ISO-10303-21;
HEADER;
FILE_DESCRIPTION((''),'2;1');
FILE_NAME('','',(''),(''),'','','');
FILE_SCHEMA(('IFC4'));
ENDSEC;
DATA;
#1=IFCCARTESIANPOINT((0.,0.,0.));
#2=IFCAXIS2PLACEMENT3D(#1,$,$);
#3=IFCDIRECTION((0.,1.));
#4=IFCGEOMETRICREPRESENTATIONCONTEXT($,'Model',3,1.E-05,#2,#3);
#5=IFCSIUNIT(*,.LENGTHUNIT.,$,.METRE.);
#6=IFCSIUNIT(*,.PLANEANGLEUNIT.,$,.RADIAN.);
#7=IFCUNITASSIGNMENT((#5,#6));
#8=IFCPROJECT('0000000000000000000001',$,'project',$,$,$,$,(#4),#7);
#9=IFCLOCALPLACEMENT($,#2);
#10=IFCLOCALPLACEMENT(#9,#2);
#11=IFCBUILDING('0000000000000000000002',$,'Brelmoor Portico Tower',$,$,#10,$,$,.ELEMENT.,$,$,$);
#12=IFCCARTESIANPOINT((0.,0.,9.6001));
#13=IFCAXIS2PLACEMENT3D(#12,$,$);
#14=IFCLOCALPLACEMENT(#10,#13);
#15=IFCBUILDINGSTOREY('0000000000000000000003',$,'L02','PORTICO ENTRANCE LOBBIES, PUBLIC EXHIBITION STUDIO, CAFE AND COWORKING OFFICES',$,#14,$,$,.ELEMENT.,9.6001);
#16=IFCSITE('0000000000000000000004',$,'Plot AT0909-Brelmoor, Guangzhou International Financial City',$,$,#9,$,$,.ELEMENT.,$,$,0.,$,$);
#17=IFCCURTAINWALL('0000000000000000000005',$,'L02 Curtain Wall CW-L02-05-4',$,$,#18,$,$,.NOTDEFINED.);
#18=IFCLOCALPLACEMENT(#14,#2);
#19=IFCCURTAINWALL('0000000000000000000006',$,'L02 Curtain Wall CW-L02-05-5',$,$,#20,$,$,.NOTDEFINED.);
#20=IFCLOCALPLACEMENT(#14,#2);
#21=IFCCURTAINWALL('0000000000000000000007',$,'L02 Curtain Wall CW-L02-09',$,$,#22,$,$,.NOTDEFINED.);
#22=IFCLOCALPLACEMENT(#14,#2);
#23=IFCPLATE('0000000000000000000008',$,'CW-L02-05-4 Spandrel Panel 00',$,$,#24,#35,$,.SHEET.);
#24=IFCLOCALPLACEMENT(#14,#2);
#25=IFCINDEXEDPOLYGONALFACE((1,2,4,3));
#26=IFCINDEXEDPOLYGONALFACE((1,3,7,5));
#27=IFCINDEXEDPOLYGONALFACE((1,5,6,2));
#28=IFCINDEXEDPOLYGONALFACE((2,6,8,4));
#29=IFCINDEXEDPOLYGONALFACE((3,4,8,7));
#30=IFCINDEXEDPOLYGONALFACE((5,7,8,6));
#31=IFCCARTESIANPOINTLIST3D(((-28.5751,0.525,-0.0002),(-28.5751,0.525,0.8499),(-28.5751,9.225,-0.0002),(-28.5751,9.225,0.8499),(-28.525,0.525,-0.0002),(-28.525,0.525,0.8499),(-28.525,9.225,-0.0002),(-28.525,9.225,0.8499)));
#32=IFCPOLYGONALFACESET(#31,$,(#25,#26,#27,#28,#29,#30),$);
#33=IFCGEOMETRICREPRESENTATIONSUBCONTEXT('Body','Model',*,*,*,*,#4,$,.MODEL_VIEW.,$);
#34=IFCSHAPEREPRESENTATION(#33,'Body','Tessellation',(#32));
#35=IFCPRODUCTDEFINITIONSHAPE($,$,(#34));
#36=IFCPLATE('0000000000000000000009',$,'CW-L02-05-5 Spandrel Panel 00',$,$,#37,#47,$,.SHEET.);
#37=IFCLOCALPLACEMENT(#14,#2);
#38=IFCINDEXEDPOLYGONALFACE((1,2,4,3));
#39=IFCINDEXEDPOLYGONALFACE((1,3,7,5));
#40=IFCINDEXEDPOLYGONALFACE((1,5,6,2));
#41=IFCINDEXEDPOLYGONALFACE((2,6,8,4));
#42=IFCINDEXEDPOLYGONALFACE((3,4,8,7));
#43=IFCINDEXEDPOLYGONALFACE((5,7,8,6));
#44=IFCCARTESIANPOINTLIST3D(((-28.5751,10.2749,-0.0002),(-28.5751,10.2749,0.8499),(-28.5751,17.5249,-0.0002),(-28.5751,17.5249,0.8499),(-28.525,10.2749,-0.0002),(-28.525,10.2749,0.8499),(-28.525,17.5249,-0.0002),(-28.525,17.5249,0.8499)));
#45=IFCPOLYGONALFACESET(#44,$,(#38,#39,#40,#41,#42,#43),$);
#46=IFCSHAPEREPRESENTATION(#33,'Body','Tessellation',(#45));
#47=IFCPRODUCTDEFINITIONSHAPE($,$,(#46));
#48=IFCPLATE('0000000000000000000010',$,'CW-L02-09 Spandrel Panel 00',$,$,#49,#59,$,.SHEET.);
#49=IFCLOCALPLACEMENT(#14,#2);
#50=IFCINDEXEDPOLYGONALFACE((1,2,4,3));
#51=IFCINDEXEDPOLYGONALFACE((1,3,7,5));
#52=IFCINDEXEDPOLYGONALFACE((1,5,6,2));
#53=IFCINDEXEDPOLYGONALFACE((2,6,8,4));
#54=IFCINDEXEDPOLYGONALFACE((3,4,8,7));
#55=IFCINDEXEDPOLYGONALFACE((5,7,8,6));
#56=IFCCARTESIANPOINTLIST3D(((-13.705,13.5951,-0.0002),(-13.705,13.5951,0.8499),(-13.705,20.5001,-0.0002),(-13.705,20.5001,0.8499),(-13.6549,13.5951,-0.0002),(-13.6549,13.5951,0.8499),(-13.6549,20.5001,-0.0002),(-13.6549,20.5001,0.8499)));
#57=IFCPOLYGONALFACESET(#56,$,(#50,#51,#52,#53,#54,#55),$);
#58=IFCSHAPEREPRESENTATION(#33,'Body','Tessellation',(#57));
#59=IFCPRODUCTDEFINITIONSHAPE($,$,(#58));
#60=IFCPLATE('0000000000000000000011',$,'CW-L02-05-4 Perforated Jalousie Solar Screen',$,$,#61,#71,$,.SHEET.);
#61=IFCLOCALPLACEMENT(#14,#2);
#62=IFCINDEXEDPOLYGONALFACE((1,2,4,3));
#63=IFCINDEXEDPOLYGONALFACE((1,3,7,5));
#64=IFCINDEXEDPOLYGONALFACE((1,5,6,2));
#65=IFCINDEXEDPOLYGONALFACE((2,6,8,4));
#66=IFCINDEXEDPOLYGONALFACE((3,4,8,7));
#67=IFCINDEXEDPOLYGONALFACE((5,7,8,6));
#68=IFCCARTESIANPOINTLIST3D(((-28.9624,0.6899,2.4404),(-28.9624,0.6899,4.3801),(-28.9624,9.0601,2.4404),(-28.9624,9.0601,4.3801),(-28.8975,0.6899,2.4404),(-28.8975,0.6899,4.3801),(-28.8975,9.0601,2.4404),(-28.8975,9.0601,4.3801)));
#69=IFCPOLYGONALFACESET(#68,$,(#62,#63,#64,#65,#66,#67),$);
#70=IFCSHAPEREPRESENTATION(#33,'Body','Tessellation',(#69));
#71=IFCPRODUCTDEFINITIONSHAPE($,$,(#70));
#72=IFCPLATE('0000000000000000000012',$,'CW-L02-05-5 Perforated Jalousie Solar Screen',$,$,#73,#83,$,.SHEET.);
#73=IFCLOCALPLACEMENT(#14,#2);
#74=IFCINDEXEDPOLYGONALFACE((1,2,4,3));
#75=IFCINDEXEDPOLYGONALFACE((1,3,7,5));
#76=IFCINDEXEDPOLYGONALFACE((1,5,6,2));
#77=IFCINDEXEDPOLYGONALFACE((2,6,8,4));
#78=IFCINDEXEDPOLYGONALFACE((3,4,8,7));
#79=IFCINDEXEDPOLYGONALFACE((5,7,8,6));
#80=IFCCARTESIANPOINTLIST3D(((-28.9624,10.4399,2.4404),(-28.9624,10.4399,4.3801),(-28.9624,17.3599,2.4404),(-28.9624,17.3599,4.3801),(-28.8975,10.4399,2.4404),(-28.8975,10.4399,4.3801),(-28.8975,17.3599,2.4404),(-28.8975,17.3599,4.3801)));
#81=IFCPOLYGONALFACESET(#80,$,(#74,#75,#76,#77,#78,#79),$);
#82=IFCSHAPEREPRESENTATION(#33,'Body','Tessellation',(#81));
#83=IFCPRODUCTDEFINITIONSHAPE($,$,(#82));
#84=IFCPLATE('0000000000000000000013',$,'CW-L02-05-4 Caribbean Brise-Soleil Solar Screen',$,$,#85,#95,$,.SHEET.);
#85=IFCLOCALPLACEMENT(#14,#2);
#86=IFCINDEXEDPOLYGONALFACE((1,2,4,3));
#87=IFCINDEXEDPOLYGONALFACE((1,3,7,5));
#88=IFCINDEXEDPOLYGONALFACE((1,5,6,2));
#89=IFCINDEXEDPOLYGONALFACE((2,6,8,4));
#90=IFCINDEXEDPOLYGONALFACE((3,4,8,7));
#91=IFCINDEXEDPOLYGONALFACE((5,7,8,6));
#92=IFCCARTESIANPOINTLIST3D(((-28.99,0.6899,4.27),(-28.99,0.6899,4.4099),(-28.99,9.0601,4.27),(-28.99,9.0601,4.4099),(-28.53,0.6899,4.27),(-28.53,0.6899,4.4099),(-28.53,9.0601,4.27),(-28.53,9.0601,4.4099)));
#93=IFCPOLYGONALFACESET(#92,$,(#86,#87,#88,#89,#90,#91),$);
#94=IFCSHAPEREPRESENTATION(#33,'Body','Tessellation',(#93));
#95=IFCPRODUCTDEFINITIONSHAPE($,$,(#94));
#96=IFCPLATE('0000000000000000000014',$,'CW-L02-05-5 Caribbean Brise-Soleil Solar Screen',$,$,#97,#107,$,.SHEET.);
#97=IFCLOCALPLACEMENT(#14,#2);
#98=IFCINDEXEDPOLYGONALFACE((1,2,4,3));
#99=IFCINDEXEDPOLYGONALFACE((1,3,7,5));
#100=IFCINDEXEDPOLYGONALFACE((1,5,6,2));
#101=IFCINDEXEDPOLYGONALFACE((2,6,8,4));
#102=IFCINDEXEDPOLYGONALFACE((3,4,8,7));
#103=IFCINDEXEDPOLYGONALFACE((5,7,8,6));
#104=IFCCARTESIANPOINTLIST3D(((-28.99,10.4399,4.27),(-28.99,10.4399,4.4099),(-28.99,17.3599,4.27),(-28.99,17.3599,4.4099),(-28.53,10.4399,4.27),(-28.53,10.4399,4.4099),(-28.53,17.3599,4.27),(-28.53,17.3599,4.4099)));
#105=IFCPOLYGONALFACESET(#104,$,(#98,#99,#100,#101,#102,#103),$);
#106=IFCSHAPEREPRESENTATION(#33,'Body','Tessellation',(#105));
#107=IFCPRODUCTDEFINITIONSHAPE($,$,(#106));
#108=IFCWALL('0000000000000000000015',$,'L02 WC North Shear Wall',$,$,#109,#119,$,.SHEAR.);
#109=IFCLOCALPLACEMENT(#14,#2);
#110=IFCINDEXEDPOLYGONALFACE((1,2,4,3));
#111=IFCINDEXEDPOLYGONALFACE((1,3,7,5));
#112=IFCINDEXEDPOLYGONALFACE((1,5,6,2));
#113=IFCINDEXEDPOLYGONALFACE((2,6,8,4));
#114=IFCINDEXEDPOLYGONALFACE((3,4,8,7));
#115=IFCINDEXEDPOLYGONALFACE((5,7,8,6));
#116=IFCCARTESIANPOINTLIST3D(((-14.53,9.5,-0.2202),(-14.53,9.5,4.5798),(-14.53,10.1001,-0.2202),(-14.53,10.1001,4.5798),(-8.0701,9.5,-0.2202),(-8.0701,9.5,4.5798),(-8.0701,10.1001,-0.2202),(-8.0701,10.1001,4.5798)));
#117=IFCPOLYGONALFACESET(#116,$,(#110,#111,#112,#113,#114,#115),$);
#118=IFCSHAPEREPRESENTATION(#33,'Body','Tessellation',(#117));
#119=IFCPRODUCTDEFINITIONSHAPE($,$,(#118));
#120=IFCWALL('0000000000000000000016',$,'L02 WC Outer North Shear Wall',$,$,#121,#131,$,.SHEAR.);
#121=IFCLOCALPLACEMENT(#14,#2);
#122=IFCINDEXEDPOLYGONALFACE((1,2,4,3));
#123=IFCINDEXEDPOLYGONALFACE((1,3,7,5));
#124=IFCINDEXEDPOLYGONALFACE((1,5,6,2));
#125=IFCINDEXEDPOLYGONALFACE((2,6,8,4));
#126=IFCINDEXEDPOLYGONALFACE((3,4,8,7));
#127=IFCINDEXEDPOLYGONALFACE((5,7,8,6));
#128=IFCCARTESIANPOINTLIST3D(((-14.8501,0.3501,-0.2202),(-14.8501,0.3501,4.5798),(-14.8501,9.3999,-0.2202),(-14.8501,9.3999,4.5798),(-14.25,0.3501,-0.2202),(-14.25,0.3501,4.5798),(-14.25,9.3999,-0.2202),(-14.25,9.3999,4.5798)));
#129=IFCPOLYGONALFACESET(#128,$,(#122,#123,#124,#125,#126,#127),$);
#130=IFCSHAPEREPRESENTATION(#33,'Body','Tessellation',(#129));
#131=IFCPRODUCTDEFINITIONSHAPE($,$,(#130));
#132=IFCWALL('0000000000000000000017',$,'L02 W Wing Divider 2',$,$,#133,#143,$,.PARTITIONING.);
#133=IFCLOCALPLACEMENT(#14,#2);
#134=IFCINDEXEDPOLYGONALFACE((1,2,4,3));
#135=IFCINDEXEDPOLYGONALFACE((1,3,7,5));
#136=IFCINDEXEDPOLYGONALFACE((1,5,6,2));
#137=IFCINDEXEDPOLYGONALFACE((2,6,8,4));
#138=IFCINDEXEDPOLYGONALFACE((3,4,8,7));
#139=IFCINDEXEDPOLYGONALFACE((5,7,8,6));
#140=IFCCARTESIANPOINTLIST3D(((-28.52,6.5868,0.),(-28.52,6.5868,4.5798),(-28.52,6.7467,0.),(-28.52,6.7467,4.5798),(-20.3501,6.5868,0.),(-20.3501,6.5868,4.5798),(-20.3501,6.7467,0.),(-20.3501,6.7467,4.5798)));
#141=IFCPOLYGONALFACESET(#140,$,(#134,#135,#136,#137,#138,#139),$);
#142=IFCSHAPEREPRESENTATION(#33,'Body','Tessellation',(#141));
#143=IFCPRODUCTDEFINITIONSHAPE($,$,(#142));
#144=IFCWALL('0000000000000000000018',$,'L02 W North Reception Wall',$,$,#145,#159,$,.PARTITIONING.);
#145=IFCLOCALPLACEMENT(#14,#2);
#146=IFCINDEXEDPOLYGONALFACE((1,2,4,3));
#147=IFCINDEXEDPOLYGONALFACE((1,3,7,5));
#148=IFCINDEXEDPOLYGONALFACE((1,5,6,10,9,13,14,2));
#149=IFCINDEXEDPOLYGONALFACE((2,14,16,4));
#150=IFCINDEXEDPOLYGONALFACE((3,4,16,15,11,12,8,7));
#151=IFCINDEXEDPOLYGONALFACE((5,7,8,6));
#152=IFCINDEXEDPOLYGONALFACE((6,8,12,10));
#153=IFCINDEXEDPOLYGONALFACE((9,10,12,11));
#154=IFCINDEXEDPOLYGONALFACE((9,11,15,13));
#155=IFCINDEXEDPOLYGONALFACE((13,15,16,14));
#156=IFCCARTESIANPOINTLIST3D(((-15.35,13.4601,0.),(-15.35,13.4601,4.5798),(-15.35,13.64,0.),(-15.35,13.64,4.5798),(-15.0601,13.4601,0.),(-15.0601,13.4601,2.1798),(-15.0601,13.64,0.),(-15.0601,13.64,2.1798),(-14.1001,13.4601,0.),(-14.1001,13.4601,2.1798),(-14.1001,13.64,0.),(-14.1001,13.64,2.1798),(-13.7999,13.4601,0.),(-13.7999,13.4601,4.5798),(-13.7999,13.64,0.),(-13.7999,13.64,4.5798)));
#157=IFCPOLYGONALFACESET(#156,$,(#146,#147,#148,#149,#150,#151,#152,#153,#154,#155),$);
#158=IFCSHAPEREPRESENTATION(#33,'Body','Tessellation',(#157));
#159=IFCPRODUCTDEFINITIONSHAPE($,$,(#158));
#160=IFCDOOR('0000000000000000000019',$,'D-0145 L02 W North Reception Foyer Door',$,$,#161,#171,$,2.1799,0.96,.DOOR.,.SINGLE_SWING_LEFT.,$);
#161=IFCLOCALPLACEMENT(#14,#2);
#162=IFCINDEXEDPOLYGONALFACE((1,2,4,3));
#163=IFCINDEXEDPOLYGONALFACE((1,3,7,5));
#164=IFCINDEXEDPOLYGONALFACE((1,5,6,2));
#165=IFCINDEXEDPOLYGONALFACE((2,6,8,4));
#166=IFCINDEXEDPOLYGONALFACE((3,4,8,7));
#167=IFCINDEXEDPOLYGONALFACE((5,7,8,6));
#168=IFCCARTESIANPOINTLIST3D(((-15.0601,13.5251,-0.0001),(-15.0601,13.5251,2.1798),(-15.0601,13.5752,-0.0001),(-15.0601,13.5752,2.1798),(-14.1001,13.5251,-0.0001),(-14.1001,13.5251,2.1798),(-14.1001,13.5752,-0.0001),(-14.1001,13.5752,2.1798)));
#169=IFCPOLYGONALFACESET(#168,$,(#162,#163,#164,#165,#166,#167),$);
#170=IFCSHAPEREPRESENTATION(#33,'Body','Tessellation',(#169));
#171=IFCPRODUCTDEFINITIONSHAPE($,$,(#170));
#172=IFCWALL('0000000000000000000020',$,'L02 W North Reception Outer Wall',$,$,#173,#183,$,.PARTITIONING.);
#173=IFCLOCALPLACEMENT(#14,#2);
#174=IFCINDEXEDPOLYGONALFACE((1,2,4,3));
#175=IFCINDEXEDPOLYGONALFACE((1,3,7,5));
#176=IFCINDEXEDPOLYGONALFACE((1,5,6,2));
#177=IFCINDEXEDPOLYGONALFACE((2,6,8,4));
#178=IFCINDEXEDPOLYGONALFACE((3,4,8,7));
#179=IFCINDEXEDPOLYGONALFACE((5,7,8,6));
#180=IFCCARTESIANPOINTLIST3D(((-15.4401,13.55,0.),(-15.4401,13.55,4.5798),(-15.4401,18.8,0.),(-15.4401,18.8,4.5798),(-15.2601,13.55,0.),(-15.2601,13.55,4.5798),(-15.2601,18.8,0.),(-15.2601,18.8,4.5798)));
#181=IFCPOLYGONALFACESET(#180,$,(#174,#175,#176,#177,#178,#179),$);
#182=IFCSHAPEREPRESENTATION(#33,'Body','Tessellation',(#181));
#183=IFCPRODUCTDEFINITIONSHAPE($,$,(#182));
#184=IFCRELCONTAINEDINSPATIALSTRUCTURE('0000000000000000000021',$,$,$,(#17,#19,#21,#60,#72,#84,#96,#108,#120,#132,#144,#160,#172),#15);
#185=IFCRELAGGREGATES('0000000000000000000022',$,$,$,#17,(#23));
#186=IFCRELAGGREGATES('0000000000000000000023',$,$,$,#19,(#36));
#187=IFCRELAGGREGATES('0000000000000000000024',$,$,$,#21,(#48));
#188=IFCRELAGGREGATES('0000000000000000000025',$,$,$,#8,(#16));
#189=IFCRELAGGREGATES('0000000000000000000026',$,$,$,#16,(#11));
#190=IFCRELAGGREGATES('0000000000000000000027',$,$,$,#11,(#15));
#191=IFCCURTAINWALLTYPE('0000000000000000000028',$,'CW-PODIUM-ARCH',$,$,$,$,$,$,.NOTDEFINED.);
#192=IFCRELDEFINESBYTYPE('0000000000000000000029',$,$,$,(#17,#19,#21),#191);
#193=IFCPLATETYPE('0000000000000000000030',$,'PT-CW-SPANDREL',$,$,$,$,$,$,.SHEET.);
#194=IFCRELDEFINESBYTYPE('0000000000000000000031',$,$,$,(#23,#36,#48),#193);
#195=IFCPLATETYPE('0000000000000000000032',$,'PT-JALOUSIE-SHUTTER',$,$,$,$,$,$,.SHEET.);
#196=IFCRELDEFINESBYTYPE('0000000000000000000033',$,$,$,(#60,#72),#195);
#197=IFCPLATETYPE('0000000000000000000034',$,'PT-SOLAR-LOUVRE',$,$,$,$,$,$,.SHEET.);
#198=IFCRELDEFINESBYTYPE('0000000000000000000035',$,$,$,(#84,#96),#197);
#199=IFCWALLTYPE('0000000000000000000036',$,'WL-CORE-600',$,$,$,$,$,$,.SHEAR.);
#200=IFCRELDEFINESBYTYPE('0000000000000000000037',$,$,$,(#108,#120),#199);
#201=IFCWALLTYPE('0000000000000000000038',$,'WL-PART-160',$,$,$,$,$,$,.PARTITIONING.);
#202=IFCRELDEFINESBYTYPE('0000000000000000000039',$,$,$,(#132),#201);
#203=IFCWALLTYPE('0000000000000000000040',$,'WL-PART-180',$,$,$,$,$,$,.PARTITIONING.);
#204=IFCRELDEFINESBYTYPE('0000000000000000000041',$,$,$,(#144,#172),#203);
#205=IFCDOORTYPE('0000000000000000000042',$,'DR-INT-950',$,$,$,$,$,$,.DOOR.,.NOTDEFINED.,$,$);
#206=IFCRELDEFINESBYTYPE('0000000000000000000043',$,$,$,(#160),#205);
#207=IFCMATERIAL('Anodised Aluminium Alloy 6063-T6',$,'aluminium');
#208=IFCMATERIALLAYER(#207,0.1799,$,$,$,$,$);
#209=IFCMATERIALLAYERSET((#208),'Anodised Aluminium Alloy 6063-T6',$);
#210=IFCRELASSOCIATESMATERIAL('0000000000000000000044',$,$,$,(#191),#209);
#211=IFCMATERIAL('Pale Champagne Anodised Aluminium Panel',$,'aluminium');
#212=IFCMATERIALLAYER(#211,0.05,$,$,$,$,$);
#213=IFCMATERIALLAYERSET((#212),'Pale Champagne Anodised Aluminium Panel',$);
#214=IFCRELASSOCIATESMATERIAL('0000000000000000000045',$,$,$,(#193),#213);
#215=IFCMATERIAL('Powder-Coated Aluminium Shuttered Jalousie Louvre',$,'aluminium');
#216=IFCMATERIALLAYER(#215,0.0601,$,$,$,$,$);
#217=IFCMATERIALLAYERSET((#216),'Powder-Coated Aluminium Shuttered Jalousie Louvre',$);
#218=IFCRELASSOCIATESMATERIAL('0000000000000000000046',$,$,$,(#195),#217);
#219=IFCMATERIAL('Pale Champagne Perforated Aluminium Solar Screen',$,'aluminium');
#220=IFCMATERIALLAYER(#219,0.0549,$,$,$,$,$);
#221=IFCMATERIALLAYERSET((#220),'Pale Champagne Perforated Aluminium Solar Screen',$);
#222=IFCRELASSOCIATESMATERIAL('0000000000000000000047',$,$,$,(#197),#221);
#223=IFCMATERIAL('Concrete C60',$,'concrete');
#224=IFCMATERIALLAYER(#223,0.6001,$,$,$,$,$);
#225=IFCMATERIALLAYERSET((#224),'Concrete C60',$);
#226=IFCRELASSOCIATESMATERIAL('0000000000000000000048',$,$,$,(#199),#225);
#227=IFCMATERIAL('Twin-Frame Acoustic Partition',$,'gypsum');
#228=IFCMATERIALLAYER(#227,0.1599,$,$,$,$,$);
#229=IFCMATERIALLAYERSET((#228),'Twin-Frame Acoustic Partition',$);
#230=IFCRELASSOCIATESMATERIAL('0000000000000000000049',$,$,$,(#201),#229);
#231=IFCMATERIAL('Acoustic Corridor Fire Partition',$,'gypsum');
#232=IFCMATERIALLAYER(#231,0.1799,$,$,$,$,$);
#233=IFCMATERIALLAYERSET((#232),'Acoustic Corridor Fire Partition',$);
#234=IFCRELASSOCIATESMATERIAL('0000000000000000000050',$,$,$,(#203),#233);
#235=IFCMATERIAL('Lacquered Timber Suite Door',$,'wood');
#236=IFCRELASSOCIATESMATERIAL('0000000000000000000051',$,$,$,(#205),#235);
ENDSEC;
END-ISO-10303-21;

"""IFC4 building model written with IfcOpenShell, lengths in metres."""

from ifc_helpers import new_model, si_unit, direction, frame, frame_2d, origin, origin_2d, place, context, subcontext, project, spatial, rectangle, extrude, material, layer, layer_set, type_object, element, fill, aggregate, save


model = new_model("IFC4")

# Units and contexts
model_context = context("Model", 3, precision=1e-05, world=origin(), true_north=direction((0.0, 1.0)))
body_context = subcontext(model_context, "Body", "Model", "MODEL_VIEW")
ifc_project = project(units=[si_unit("LENGTHUNIT", "METRE"), si_unit("PLANEANGLEUNIT", "RADIAN")], contexts=[model_context])

# Site, building, storey
site_placement = place(None, origin())
site = spatial("IfcSite", under=ifc_project, at=site_placement, Name="Plot AT0909-Brelmoor, Guangzhou International Financial City", CompositionType="ELEMENT", RefElevation=0.0)
building_placement = place(site_placement, origin())
building = spatial("IfcBuilding", under=site, at=building_placement, Name="Brelmoor Portico Tower", CompositionType="ELEMENT")
storey_placement = place(building_placement, frame((0.0, 0.0, 9.6001)))
storey = spatial("IfcBuildingStorey", under=building, at=storey_placement, Name="L02", Description="PORTICO ENTRANCE LOBBIES, PUBLIC EXHIBITION STUDIO, CAFE AND COWORKING OFFICES", CompositionType="ELEMENT", Elevation=9.6001)

# Curtain wall
ifc_material_1 = material(Name="Anodised Aluminium Alloy 6063-T6", Category="aluminium")
ifc_layer_1 = layer(ifc_material_1, 0.1799)
ifc_layer_set_1 = layer_set([ifc_layer_1], Name="Anodised Aluminium Alloy 6063-T6")
curtain_wall_type = type_object("IfcCurtainWallType", Name="CW-PODIUM-ARCH", PredefinedType="NOTDEFINED", material=ifc_layer_set_1)
curtain_wall_1_placement = place(storey_placement, origin())
curtain_wall_1 = element("IfcCurtainWall", 1, at=curtain_wall_1_placement, inside=storey, type_object=curtain_wall_type, Name="L02 Curtain Wall CW-L02-05-4", PredefinedType="NOTDEFINED")

# Curtain walls
curtain_wall_2_placement = place(storey_placement, origin())
curtain_wall_2 = element("IfcCurtainWall", 2, at=curtain_wall_2_placement, inside=storey, type_object=curtain_wall_type, Name="L02 Curtain Wall CW-L02-05-5", PredefinedType="NOTDEFINED")
curtain_wall_3_placement = place(storey_placement, origin())
curtain_wall_3 = element("IfcCurtainWall", 3, at=curtain_wall_3_placement, inside=storey, type_object=curtain_wall_type, Name="L02 Curtain Wall CW-L02-09", PredefinedType="NOTDEFINED")

# Plates
ifc_material_2 = material(Name="Pale Champagne Anodised Aluminium Panel", Category="aluminium")
ifc_layer_2 = layer(ifc_material_2, 0.05)
ifc_layer_set_2 = layer_set([ifc_layer_2], Name="Pale Champagne Anodised Aluminium Panel")
plate_type_1 = type_object("IfcPlateType", Name="PT-CW-SPANDREL", PredefinedType="SHEET", material=ifc_layer_set_2)
plate_1_placement = place(storey_placement, frame((-28.55, 4.875, -0.0002), z_axis=(0.0, 0.0, 1.0), x_axis=(0.0, 1.0, 0.0)))
plate_1 = element("IfcPlate", 4, at=plate_1_placement, type_object=plate_type_1, Name="CW-L02-05-4 Spandrel Panel 00", PredefinedType="SHEET", context=body_context, shape_type="SweptSolid", body=[
    extrude(rectangle(XDim=8.7, YDim=0.05, at=origin_2d()), origin(), (0.0, 0.0, 1.0), 0.8501),
])
aggregate(curtain_wall_1, [plate_1])
plate_2_placement = place(storey_placement, frame((-28.55, 13.8999, -0.0002), z_axis=(0.0, 0.0, 1.0), x_axis=(0.0, 1.0, 0.0)))
plate_2 = element("IfcPlate", 5, at=plate_2_placement, type_object=plate_type_1, Name="CW-L02-05-5 Spandrel Panel 00", PredefinedType="SHEET", context=body_context, shape_type="SweptSolid", body=[
    extrude(rectangle(XDim=7.25, YDim=0.05, at=origin_2d()), origin(), (0.0, 0.0, 1.0), 0.8501),
])
aggregate(curtain_wall_2, [plate_2])
plate_3_placement = place(storey_placement, frame((-13.6799, 17.0476, -0.0002), z_axis=(0.0, 0.0, 1.0), x_axis=(0.0, 1.0, 0.0)))
plate_3 = element("IfcPlate", 6, at=plate_3_placement, type_object=plate_type_1, Name="CW-L02-09 Spandrel Panel 00", PredefinedType="SHEET", context=body_context, shape_type="SweptSolid", body=[
    extrude(rectangle(XDim=6.905, YDim=0.05, at=origin_2d()), origin(), (0.0, 0.0, 1.0), 0.8501),
])
aggregate(curtain_wall_3, [plate_3])

# Plates
ifc_material_3 = material(Name="Powder-Coated Aluminium Shuttered Jalousie Louvre", Category="aluminium")
ifc_layer_3 = layer(ifc_material_3, 0.0601)
ifc_layer_set_3 = layer_set([ifc_layer_3], Name="Powder-Coated Aluminium Shuttered Jalousie Louvre")
plate_type_2 = type_object("IfcPlateType", Name="PT-JALOUSIE-SHUTTER", PredefinedType="SHEET", material=ifc_layer_set_3)
plate_4_placement = place(storey_placement, frame((-28.9299, 4.875, 2.4404), z_axis=(0.0, 0.0, 1.0), x_axis=(0.0, 1.0, 0.0)))
element("IfcPlate", 7, at=plate_4_placement, inside=storey, type_object=plate_type_2, Name="CW-L02-05-4 Perforated Jalousie Solar Screen", PredefinedType="SHEET", context=body_context, shape_type="SweptSolid", body=[
    extrude(rectangle(XDim=8.3701, YDim=0.0649, at=origin_2d()), origin(), (0.0, 0.0, 1.0), 1.9397),
])
plate_5_placement = place(storey_placement, frame((-28.9299, 13.8999, 2.4404), z_axis=(0.0, 0.0, 1.0), x_axis=(0.0, 1.0, 0.0)))
element("IfcPlate", 8, at=plate_5_placement, inside=storey, type_object=plate_type_2, Name="CW-L02-05-5 Perforated Jalousie Solar Screen", PredefinedType="SHEET", context=body_context, shape_type="SweptSolid", body=[
    extrude(rectangle(XDim=6.9199, YDim=0.0649, at=origin_2d()), origin(), (0.0, 0.0, 1.0), 1.9397),
])
ifc_material_4 = material(Name="Pale Champagne Perforated Aluminium Solar Screen", Category="aluminium")
ifc_layer_4 = layer(ifc_material_4, 0.0549)
ifc_layer_set_4 = layer_set([ifc_layer_4], Name="Pale Champagne Perforated Aluminium Solar Screen")
plate_type_3 = type_object("IfcPlateType", Name="PT-SOLAR-LOUVRE", PredefinedType="SHEET", material=ifc_layer_set_4)
plate_6_placement = place(storey_placement, frame((-28.76, 4.875, 4.27), z_axis=(0.0, 0.0, 1.0), x_axis=(0.0, 1.0, 0.0)))
element("IfcPlate", 9, at=plate_6_placement, inside=storey, type_object=plate_type_3, Name="CW-L02-05-4 Caribbean Brise-Soleil Solar Screen", PredefinedType="SHEET", context=body_context, shape_type="SweptSolid", body=[
    extrude(rectangle(XDim=8.3701, YDim=0.46, at=origin_2d()), origin(), (0.0, 0.0, 1.0), 0.1399),
])
plate_7_placement = place(storey_placement, frame((-28.76, 13.8999, 4.27), z_axis=(0.0, 0.0, 1.0), x_axis=(0.0, 1.0, 0.0)))
element("IfcPlate", 10, at=plate_7_placement, inside=storey, type_object=plate_type_3, Name="CW-L02-05-5 Caribbean Brise-Soleil Solar Screen", PredefinedType="SHEET", context=body_context, shape_type="SweptSolid", body=[
    extrude(rectangle(XDim=6.9199, YDim=0.46, at=origin_2d()), origin(), (0.0, 0.0, 1.0), 0.1399),
])

# Walls
ifc_material_5 = material(Name="Concrete C60", Category="concrete")
ifc_layer_5 = layer(ifc_material_5, 0.6001)
ifc_layer_set_5 = layer_set([ifc_layer_5], Name="Concrete C60")
wall_type_1 = type_object("IfcWallType", Name="WL-CORE-600", PredefinedType="SHEAR", material=ifc_layer_set_5)
wall_1_placement = place(storey_placement, frame((-14.53, 9.8, -0.2202), z_axis=(0.0, 0.0, 1.0), x_axis=(1.0, 0.0, 0.0)))
element("IfcWall", 11, at=wall_1_placement, inside=storey, type_object=wall_type_1, Name="L02 WC North Shear Wall", PredefinedType="SHEAR", context=body_context, shape_type="SweptSolid", body=[
    extrude(rectangle(XDim=6.46, YDim=0.6001, at=frame_2d((3.23, 0.0))), origin(), (0.0, 0.0, 1.0), 4.8),
])
wall_2_placement = place(storey_placement, frame((-14.55, 0.3501, -0.2202), z_axis=(0.0, 0.0, 1.0), x_axis=(0.0, 1.0, 0.0)))
element("IfcWall", 12, at=wall_2_placement, inside=storey, type_object=wall_type_1, Name="L02 WC Outer North Shear Wall", PredefinedType="SHEAR", context=body_context, shape_type="SweptSolid", body=[
    extrude(rectangle(XDim=9.0498, YDim=0.6001, at=frame_2d((4.5249, 0.0))), origin(), (0.0, 0.0, 1.0), 4.8),
])
ifc_material_6 = material(Name="Twin-Frame Acoustic Partition", Category="gypsum")
ifc_layer_6 = layer(ifc_material_6, 0.1599)
ifc_layer_set_6 = layer_set([ifc_layer_6], Name="Twin-Frame Acoustic Partition")
wall_type_2 = type_object("IfcWallType", Name="WL-PART-160", PredefinedType="PARTITIONING", material=ifc_layer_set_6)
wall_3_placement = place(storey_placement, frame((-20.3501, 6.6667, 0.0), z_axis=(0.0, 0.0, 1.0), x_axis=(-1.0, 0.0, 0.0)))
element("IfcWall", 13, at=wall_3_placement, inside=storey, type_object=wall_type_2, Name="L02 W Wing Divider 2", PredefinedType="PARTITIONING", context=body_context, shape_type="SweptSolid", body=[
    extrude(rectangle(XDim=8.1699, YDim=0.1599, at=frame_2d((4.085, 0.0))), origin(), (0.0, 0.0, 1.0), 4.5798),
])

# Wall, opening, door
ifc_material_7 = material(Name="Acoustic Corridor Fire Partition", Category="gypsum")
ifc_layer_7 = layer(ifc_material_7, 0.1799)
ifc_layer_set_7 = layer_set([ifc_layer_7], Name="Acoustic Corridor Fire Partition")
wall_type_3 = type_object("IfcWallType", Name="WL-PART-180", PredefinedType="PARTITIONING", material=ifc_layer_set_7)
wall_4_placement = place(storey_placement, frame((-13.8, 13.55, 0.0), z_axis=(0.0, 0.0, 1.0), x_axis=(-1.0, 0.0, 0.0)))
wall_4 = element("IfcWall", 14, at=wall_4_placement, inside=storey, type_object=wall_type_3, Name="L02 W North Reception Wall", PredefinedType="PARTITIONING", context=body_context, shape_type="SweptSolid", body=[
    extrude(rectangle(XDim=1.55, YDim=0.1799, at=frame_2d((0.7749, 0.0))), origin(), (0.0, 0.0, 1.0), 4.5798),
])
opening_1_placement = place(wall_4_placement, frame((0.3, 0.0, 0.0)))
opening_1 = element("IfcOpeningElement", 15, at=opening_1_placement, cuts=wall_4, PredefinedType="OPENING", context=body_context, shape_type="SweptSolid", body=[
    extrude(rectangle(XDim=0.96, YDim=2.1799, at=frame_2d((0.48, 1.0898))), frame((0.0, 0.0999, 0.0), z_axis=(0.0, -1.0, 0.0), x_axis=(1.0, 0.0, 0.0)), (0.0, 0.0, 1.0), 0.2),
])
ifc_material_8 = material(Name="Lacquered Timber Suite Door", Category="wood")
door_type_1 = type_object("IfcDoorType", Name="DR-INT-950", OperationType="NOTDEFINED", PredefinedType="DOOR", material=ifc_material_8)
door_1_placement = place(opening_1_placement, origin())
door_1 = element("IfcDoor", 16, at=door_1_placement, inside=storey, type_object=door_type_1, Name="D-0145 L02 W North Reception Foyer Door", OperationType="SINGLE_SWING_LEFT", OverallHeight=2.1799, OverallWidth=0.96, PredefinedType="DOOR", context=body_context, shape_type="SweptSolid", body=[
    extrude(rectangle(XDim=0.96, YDim=2.1799, at=frame_2d((0.48, 1.0898))), frame((0.0, 0.0249, 0.0), z_axis=(0.0, -1.0, 0.0), x_axis=(1.0, 0.0, 0.0)), (0.0, 0.0, 1.0), 0.05),
])
fill(opening_1, door_1)

# Wall
wall_5_placement = place(storey_placement, frame((-15.3501, 13.55, 0.0), z_axis=(0.0, 0.0, 1.0), x_axis=(0.0, 1.0, 0.0)))
element("IfcWall", 17, at=wall_5_placement, inside=storey, type_object=wall_type_3, Name="L02 W North Reception Outer Wall", PredefinedType="PARTITIONING", context=body_context, shape_type="SweptSolid", body=[
    extrude(rectangle(XDim=5.25, YDim=0.1799, at=frame_2d((2.625, 0.0))), origin(), (0.0, 0.0, 1.0), 4.5798),
])

save(model, "model.ifc")
